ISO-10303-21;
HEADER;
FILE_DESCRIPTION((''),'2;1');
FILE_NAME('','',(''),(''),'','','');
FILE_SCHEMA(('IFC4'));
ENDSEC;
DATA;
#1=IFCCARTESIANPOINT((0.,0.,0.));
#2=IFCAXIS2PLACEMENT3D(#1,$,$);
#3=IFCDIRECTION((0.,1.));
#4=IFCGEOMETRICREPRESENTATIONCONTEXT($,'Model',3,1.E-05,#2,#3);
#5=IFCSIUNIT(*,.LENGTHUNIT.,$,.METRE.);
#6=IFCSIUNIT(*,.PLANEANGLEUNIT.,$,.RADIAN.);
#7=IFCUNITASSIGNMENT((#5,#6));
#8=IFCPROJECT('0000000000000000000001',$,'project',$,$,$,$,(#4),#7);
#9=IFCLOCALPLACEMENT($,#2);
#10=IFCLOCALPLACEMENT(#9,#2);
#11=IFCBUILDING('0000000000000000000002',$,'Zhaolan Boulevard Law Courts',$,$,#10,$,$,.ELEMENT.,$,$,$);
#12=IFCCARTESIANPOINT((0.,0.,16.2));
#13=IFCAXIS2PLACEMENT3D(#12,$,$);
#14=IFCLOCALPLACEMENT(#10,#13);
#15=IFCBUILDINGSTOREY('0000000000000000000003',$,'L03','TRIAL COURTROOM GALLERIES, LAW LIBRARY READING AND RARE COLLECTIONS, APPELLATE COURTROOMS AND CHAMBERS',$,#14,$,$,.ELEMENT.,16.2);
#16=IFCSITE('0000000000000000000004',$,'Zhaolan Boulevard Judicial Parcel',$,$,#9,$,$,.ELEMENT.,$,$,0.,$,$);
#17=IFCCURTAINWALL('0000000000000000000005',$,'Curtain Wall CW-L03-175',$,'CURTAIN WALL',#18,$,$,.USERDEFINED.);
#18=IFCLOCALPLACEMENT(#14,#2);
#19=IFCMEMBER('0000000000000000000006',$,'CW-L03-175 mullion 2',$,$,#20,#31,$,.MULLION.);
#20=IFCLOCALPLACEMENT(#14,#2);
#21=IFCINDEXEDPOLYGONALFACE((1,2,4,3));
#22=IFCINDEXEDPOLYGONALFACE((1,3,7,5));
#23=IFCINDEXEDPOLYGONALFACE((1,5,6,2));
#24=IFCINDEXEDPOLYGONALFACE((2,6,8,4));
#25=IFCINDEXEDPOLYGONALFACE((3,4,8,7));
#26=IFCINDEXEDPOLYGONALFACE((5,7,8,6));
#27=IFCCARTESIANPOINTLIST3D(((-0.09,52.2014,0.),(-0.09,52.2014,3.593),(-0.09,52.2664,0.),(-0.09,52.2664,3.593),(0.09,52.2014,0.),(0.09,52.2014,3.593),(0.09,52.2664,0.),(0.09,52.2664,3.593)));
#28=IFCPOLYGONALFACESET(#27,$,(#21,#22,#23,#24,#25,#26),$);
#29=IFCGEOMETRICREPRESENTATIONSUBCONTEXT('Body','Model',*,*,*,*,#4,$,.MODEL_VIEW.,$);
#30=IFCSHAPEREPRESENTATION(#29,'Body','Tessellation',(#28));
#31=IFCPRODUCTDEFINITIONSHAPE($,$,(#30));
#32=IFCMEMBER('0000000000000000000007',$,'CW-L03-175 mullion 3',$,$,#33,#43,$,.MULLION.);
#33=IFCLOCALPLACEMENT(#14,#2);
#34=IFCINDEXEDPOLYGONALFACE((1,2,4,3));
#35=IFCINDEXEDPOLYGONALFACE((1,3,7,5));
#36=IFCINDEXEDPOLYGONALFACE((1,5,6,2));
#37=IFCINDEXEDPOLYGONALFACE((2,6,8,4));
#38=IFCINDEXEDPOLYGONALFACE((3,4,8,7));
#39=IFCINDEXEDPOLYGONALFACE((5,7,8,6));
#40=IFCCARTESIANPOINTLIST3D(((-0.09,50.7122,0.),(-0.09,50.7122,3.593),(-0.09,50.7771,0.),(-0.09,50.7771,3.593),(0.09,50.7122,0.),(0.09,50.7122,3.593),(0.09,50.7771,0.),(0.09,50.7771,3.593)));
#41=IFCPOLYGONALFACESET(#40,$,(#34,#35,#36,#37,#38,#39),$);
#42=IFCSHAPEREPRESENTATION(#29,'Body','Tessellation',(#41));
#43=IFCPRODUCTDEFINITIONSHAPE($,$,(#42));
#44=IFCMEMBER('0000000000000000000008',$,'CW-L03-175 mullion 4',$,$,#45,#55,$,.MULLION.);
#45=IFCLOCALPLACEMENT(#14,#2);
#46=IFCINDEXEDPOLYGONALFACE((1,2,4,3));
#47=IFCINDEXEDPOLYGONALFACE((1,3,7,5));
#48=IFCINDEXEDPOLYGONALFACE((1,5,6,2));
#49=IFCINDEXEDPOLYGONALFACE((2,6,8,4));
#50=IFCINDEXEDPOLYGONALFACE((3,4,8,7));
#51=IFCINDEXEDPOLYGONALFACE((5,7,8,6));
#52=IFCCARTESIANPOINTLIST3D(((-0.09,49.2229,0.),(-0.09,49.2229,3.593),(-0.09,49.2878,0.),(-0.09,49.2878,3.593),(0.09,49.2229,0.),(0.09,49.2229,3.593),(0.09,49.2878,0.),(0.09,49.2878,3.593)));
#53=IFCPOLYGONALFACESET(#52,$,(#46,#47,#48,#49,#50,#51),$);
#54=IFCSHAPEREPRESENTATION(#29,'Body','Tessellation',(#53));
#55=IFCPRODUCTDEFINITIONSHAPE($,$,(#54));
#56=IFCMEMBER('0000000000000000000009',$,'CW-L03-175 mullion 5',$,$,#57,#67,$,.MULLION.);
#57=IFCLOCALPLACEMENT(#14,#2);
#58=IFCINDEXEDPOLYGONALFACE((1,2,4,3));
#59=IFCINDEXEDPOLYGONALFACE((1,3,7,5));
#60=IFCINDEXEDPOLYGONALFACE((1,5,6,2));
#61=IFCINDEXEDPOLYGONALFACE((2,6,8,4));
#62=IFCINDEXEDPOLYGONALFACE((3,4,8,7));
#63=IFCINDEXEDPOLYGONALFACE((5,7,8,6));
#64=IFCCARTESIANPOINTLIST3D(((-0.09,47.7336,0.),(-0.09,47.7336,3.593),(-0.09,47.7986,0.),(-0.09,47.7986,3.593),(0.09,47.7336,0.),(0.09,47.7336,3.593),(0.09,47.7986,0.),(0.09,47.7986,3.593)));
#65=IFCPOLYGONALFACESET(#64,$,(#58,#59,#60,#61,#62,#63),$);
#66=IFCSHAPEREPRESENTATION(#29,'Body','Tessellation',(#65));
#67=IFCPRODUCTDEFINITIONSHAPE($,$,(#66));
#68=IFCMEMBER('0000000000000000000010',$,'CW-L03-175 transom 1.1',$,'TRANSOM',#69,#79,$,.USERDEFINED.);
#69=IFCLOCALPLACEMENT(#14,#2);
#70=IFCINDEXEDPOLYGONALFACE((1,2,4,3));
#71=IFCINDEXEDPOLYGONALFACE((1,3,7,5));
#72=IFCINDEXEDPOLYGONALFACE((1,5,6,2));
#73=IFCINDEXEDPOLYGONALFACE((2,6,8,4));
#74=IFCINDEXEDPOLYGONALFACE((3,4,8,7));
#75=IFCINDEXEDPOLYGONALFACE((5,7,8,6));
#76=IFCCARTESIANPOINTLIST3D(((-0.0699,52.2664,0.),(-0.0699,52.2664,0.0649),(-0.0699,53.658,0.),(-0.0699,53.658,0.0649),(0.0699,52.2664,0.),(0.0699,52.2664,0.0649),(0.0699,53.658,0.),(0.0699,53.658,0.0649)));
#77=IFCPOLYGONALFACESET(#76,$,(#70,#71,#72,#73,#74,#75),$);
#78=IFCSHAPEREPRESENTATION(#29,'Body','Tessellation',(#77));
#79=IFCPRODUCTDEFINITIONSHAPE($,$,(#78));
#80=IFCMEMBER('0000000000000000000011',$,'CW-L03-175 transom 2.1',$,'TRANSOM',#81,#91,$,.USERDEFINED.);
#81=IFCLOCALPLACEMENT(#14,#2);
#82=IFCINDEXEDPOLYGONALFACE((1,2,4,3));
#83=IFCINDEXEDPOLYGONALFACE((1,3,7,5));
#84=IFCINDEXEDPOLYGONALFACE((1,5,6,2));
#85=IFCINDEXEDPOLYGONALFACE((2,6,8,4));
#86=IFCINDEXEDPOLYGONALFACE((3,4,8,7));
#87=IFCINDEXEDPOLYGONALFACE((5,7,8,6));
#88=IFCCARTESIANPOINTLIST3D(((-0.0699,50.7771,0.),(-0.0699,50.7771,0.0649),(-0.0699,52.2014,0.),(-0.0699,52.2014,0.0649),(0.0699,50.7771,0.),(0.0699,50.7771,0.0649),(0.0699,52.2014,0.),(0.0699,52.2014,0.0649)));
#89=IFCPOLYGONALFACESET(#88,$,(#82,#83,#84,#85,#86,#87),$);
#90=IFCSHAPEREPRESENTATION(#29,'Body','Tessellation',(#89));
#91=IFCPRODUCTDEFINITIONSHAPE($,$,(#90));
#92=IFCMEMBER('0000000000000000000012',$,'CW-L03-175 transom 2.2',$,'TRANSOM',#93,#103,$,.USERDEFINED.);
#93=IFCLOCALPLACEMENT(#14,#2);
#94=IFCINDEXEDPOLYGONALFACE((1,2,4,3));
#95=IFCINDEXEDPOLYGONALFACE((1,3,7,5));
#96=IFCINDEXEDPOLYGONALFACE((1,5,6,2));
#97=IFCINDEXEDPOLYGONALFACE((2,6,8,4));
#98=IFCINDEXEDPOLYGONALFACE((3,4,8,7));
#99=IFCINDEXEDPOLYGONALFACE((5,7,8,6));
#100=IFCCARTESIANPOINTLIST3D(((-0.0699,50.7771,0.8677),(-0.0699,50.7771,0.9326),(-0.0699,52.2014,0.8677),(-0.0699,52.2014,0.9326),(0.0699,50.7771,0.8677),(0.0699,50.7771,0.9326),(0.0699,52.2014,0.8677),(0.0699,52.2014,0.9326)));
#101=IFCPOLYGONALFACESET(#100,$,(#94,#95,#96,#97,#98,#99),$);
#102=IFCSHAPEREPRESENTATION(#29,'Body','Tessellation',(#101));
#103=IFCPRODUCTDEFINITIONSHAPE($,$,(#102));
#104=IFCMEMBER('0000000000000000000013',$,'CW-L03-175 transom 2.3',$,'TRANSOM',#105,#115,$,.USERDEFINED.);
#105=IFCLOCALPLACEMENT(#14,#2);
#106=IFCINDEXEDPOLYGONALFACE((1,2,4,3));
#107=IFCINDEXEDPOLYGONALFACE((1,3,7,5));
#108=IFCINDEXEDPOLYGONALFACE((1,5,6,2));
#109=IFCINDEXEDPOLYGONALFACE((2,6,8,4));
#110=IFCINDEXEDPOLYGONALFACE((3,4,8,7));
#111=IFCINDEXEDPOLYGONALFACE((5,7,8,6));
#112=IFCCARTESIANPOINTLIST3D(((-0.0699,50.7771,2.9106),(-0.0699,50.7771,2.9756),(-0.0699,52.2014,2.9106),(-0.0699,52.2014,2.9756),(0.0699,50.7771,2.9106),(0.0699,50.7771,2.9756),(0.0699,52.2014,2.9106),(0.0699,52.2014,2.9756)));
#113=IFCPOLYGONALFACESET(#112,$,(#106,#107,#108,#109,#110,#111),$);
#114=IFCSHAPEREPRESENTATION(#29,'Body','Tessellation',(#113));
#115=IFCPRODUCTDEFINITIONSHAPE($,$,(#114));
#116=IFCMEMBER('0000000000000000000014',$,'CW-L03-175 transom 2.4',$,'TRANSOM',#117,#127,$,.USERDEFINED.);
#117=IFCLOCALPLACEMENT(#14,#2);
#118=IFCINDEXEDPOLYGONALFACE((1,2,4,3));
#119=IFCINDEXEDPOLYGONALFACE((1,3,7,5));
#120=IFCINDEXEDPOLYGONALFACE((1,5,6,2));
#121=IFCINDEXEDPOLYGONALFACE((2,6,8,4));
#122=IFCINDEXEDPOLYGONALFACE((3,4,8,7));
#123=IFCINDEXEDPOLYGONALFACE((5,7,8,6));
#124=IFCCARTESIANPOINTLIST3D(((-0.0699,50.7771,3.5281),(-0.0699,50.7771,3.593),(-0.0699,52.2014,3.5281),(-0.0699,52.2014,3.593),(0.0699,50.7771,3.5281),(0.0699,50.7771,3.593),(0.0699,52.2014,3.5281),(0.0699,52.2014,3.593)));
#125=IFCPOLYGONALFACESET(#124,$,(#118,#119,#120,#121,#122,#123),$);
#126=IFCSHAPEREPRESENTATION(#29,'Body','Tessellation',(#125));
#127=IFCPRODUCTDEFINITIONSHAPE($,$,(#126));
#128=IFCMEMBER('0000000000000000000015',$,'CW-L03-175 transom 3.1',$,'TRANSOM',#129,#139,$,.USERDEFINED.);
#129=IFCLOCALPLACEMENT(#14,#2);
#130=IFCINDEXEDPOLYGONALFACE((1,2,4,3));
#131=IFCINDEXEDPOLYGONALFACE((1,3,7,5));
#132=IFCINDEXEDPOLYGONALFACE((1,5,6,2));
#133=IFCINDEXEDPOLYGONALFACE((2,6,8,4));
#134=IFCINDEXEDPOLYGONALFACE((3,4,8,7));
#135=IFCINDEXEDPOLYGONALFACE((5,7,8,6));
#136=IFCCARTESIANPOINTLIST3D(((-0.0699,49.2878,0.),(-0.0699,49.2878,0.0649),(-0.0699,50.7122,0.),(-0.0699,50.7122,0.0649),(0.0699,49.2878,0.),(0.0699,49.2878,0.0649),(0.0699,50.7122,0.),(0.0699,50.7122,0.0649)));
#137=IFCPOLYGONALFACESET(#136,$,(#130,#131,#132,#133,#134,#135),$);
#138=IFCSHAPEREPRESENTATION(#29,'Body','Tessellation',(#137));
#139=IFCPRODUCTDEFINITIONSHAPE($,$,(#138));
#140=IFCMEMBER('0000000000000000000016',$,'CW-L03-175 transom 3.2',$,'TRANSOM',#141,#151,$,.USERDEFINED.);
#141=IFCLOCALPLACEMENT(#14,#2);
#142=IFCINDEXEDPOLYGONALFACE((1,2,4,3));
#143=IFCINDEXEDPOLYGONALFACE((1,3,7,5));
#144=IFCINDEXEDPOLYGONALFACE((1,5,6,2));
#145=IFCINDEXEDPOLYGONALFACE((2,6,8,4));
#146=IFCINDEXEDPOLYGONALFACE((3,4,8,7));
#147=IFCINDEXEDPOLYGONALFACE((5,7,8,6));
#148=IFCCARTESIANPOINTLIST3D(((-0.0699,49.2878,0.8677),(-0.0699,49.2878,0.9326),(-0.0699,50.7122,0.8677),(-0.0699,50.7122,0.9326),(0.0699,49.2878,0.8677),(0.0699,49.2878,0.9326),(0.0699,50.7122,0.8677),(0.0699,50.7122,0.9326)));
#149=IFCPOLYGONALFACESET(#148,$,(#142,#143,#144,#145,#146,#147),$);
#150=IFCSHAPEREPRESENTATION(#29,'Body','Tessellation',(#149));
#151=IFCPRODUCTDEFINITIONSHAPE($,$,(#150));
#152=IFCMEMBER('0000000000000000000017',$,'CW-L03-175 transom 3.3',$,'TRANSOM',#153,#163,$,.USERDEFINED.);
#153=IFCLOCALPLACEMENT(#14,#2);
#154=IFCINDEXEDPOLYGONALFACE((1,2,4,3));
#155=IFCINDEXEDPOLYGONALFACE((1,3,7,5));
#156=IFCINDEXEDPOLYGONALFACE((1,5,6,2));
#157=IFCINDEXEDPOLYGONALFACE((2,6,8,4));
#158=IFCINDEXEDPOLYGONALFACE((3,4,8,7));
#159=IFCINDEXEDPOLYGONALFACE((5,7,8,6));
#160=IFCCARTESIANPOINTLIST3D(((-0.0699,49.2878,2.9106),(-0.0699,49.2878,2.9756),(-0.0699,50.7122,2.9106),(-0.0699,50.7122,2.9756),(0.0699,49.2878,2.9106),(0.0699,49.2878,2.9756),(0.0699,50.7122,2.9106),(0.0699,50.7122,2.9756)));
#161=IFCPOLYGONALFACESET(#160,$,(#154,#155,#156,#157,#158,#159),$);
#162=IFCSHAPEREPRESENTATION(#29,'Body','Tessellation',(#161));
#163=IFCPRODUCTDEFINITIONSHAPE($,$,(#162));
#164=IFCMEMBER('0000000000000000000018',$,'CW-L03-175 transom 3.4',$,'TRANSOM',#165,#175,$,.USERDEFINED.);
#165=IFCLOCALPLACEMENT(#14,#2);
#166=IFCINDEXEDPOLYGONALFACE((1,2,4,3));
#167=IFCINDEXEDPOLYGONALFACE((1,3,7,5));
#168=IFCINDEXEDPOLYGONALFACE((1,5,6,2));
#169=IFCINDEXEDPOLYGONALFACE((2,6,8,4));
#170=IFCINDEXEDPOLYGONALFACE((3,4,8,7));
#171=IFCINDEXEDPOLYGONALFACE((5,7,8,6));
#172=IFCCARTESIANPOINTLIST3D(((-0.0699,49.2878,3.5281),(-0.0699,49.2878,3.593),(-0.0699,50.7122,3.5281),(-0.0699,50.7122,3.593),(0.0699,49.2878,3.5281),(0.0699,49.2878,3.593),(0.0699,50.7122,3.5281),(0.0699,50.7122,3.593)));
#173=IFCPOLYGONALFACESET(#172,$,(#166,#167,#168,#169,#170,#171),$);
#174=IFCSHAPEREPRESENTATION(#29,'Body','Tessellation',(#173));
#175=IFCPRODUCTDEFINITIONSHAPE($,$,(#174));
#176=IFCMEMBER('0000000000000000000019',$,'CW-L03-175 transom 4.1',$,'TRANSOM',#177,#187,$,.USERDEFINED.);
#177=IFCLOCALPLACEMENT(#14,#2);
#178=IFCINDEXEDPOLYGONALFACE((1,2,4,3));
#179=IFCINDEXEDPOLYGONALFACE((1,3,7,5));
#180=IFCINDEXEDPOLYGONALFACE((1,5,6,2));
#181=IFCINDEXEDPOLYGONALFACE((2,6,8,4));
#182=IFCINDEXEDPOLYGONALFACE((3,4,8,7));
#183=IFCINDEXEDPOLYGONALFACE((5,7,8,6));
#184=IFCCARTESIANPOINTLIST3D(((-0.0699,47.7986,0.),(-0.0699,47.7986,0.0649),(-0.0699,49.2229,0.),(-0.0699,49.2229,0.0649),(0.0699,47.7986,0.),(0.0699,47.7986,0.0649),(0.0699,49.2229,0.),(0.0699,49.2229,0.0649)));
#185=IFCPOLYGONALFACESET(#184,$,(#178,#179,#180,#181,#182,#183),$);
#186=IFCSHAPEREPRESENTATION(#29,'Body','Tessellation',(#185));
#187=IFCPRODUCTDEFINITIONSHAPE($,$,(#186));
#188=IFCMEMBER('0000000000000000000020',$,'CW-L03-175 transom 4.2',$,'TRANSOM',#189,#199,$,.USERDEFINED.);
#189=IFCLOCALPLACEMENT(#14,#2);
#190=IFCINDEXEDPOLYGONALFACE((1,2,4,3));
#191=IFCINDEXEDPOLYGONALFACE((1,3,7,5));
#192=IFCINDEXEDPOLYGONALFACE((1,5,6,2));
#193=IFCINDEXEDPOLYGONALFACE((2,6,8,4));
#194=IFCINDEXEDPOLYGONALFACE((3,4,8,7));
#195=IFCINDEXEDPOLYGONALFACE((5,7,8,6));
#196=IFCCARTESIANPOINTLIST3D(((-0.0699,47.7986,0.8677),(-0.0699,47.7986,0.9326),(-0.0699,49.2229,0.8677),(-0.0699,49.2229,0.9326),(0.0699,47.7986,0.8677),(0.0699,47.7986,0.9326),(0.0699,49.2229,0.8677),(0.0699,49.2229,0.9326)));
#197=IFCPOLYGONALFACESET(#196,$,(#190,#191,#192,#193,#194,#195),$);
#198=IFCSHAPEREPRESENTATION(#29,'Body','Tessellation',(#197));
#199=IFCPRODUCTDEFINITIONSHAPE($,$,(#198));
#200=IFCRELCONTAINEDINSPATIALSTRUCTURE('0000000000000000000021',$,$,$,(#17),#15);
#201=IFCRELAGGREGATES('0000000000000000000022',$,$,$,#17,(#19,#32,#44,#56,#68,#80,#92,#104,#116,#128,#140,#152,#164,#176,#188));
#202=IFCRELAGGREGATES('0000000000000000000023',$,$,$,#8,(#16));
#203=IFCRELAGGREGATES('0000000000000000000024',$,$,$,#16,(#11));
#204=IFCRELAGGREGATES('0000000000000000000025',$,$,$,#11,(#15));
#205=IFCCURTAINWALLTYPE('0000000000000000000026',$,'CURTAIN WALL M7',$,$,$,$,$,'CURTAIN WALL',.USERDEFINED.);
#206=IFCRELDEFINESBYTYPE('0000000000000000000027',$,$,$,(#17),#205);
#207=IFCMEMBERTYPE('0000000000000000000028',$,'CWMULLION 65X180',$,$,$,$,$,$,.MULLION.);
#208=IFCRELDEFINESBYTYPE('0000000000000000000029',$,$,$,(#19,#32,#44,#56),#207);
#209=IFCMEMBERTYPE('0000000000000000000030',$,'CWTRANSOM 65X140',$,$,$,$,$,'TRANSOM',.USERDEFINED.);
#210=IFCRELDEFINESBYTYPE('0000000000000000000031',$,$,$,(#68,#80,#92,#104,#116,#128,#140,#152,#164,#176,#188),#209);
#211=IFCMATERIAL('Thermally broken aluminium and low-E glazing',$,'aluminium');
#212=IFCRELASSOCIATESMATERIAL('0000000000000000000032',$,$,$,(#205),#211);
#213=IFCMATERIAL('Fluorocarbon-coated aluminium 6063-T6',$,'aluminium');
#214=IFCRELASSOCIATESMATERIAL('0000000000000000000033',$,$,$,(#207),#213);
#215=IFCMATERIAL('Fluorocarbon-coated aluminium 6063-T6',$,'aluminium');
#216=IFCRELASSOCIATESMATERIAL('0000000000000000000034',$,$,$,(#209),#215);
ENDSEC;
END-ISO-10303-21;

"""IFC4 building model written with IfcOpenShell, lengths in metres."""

from ifc_helpers import new_model, si_unit, direction, frame, origin, origin_2d, place, context, subcontext, project, spatial, rectangle, extrude, material, material_profile, profile_set, type_object, element, aggregate, save


model = new_model("IFC4")

# Units and contexts
model_context = context("Model", 3, precision=1e-05, world=origin(), true_north=direction((0.0, 1.0)))
body_context = subcontext(model_context, "Body", "Model", "MODEL_VIEW")
ifc_project = project(units=[si_unit("LENGTHUNIT", "METRE"), si_unit("PLANEANGLEUNIT", "RADIAN")], contexts=[model_context])

# Site, building, storey
site_placement = place(None, origin())
site = spatial("IfcSite", under=ifc_project, at=site_placement, Name="Zhaolan Boulevard Judicial Parcel", CompositionType="ELEMENT", RefElevation=0.0)
building_placement = place(site_placement, origin())
building = spatial("IfcBuilding", under=site, at=building_placement, Name="Zhaolan Boulevard Law Courts", CompositionType="ELEMENT")
storey_placement = place(building_placement, frame((0.0, 0.0, 16.2)))
storey = spatial("IfcBuildingStorey", under=building, at=storey_placement, Name="L03", Description="TRIAL COURTROOM GALLERIES, LAW LIBRARY READING AND RARE COLLECTIONS, APPELLATE COURTROOMS AND CHAMBERS", CompositionType="ELEMENT", Elevation=16.2)

# Curtain wall, members
ifc_material_1 = material(Name="Thermally broken aluminium and low-E glazing", Category="aluminium")
curtain_wall_type = type_object("IfcCurtainWallType", Name="CURTAIN WALL M7", ElementType="CURTAIN WALL", PredefinedType="USERDEFINED", material=ifc_material_1)
curtain_wall_placement = place(storey_placement, origin())
curtain_wall = element("IfcCurtainWall", 1, at=curtain_wall_placement, inside=storey, type_object=curtain_wall_type, Name="Curtain Wall CW-L03-175", ObjectType="CURTAIN WALL", PredefinedType="USERDEFINED")
ifc_material_2 = material(Name="Fluorocarbon-coated aluminium 6063-T6", Category="aluminium")
ifc_material_profile_1 = material_profile(ifc_material_2, rectangle(XDim=0.1799, YDim=0.0649, at=origin_2d()), Name="AL65x180")
ifc_profile_set_1 = profile_set([ifc_material_profile_1], Name="Fluorocarbon-coated aluminium 6063-T6")
member_type_1 = type_object("IfcMemberType", Name="CWMULLION 65X180", PredefinedType="MULLION", material=ifc_profile_set_1)
member_1_placement = place(storey_placement, frame((0.0, 52.2339, 0.0), z_axis=(0.0, 0.0, 1.0), x_axis=(1.0, 0.0, 0.0)))
member_1 = element("IfcMember", 2, at=member_1_placement, type_object=member_type_1, Name="CW-L03-175 mullion 2", PredefinedType="MULLION", context=body_context, shape_type="SweptSolid", body=[
    extrude(rectangle(XDim=0.1799, YDim=0.0649, at=origin_2d()), origin(), (0.0, 0.0, 1.0), 3.593),
])
member_2_placement = place(storey_placement, frame((0.0, 50.7446, 0.0), z_axis=(0.0, 0.0, 1.0), x_axis=(1.0, 0.0, 0.0)))
member_2 = element("IfcMember", 3, at=member_2_placement, type_object=member_type_1, Name="CW-L03-175 mullion 3", PredefinedType="MULLION", context=body_context, shape_type="SweptSolid", body=[
    extrude(rectangle(XDim=0.1799, YDim=0.0649, at=origin_2d()), origin(), (0.0, 0.0, 1.0), 3.593),
])
member_3_placement = place(storey_placement, frame((0.0, 49.2554, 0.0), z_axis=(0.0, 0.0, 1.0), x_axis=(1.0, 0.0, 0.0)))
member_3 = element("IfcMember", 4, at=member_3_placement, type_object=member_type_1, Name="CW-L03-175 mullion 4", PredefinedType="MULLION", context=body_context, shape_type="SweptSolid", body=[
    extrude(rectangle(XDim=0.1799, YDim=0.0649, at=origin_2d()), origin(), (0.0, 0.0, 1.0), 3.593),
])
member_4_placement = place(storey_placement, frame((0.0, 47.7661, 0.0), z_axis=(0.0, 0.0, 1.0), x_axis=(1.0, 0.0, 0.0)))
member_4 = element("IfcMember", 5, at=member_4_placement, type_object=member_type_1, Name="CW-L03-175 mullion 5", PredefinedType="MULLION", context=body_context, shape_type="SweptSolid", body=[
    extrude(rectangle(XDim=0.1799, YDim=0.0649, at=origin_2d()), origin(), (0.0, 0.0, 1.0), 3.593),
])
ifc_material_3 = material(Name="Fluorocarbon-coated aluminium 6063-T6", Category="aluminium")
ifc_material_profile_2 = material_profile(ifc_material_3, rectangle(XDim=0.1399, YDim=0.0649, at=origin_2d()), Name="AL65x140")
ifc_profile_set_2 = profile_set([ifc_material_profile_2], Name="Fluorocarbon-coated aluminium 6063-T6")
member_type_2 = type_object("IfcMemberType", Name="CWTRANSOM 65X140", ElementType="TRANSOM", PredefinedType="USERDEFINED", material=ifc_profile_set_2)
member_5_placement = place(storey_placement, frame((0.0, 53.658, 0.0325), z_axis=(0.0, -1.0, 0.0), x_axis=(1.0, 0.0, 0.0)))
member_5 = element("IfcMember", 6, at=member_5_placement, type_object=member_type_2, Name="CW-L03-175 transom 1.1", ObjectType="TRANSOM", PredefinedType="USERDEFINED", context=body_context, shape_type="SweptSolid", body=[
    extrude(rectangle(XDim=0.1399, YDim=0.0649, at=origin_2d()), origin(), (0.0, 0.0, 1.0), 1.3916),
])
member_6_placement = place(storey_placement, frame((0.0, 52.2014, 0.0325), z_axis=(0.0, -1.0, 0.0), x_axis=(1.0, 0.0, 0.0)))
member_6 = element("IfcMember", 7, at=member_6_placement, type_object=member_type_2, Name="CW-L03-175 transom 2.1", ObjectType="TRANSOM", PredefinedType="USERDEFINED", context=body_context, shape_type="SweptSolid", body=[
    extrude(rectangle(XDim=0.1399, YDim=0.0649, at=origin_2d()), origin(), (0.0, 0.0, 1.0), 1.4243),
])
member_7_placement = place(storey_placement, frame((0.0, 52.2014, 0.9001), z_axis=(0.0, -1.0, 0.0), x_axis=(1.0, 0.0, 0.0)))
member_7 = element("IfcMember", 8, at=member_7_placement, type_object=member_type_2, Name="CW-L03-175 transom 2.2", ObjectType="TRANSOM", PredefinedType="USERDEFINED", context=body_context, shape_type="SweptSolid", body=[
    extrude(rectangle(XDim=0.1399, YDim=0.0649, at=origin_2d()), origin(), (0.0, 0.0, 1.0), 1.4243),
])
member_8_placement = place(storey_placement, frame((0.0, 52.2014, 2.9431), z_axis=(0.0, -1.0, 0.0), x_axis=(1.0, 0.0, 0.0)))
member_8 = element("IfcMember", 9, at=member_8_placement, type_object=member_type_2, Name="CW-L03-175 transom 2.3", ObjectType="TRANSOM", PredefinedType="USERDEFINED", context=body_context, shape_type="SweptSolid", body=[
    extrude(rectangle(XDim=0.1399, YDim=0.0649, at=origin_2d()), origin(), (0.0, 0.0, 1.0), 1.4243),
])
member_9_placement = place(storey_placement, frame((0.0, 52.2014, 3.5605), z_axis=(0.0, -1.0, 0.0), x_axis=(1.0, 0.0, 0.0)))
member_9 = element("IfcMember", 10, at=member_9_placement, type_object=member_type_2, Name="CW-L03-175 transom 2.4", ObjectType="TRANSOM", PredefinedType="USERDEFINED", context=body_context, shape_type="SweptSolid", body=[
    extrude(rectangle(XDim=0.1399, YDim=0.0649, at=origin_2d()), origin(), (0.0, 0.0, 1.0), 1.4243),
])
member_10_placement = place(storey_placement, frame((0.0, 50.7122, 0.0325), z_axis=(0.0, -1.0, 0.0), x_axis=(1.0, 0.0, 0.0)))
member_10 = element("IfcMember", 11, at=member_10_placement, type_object=member_type_2, Name="CW-L03-175 transom 3.1", ObjectType="TRANSOM", PredefinedType="USERDEFINED", context=body_context, shape_type="SweptSolid", body=[
    extrude(rectangle(XDim=0.1399, YDim=0.0649, at=origin_2d()), origin(), (0.0, 0.0, 1.0), 1.4243),
])
member_11_placement = place(storey_placement, frame((0.0, 50.7122, 0.9001), z_axis=(0.0, -1.0, 0.0), x_axis=(1.0, 0.0, 0.0)))
member_11 = element("IfcMember", 12, at=member_11_placement, type_object=member_type_2, Name="CW-L03-175 transom 3.2", ObjectType="TRANSOM", PredefinedType="USERDEFINED", context=body_context, shape_type="SweptSolid", body=[
    extrude(rectangle(XDim=0.1399, YDim=0.0649, at=origin_2d()), origin(), (0.0, 0.0, 1.0), 1.4243),
])
member_12_placement = place(storey_placement, frame((0.0, 50.7122, 2.9431), z_axis=(0.0, -1.0, 0.0), x_axis=(1.0, 0.0, 0.0)))
member_12 = element("IfcMember", 13, at=member_12_placement, type_object=member_type_2, Name="CW-L03-175 transom 3.3", ObjectType="TRANSOM", PredefinedType="USERDEFINED", context=body_context, shape_type="SweptSolid", body=[
    extrude(rectangle(XDim=0.1399, YDim=0.0649, at=origin_2d()), origin(), (0.0, 0.0, 1.0), 1.4243),
])
member_13_placement = place(storey_placement, frame((0.0, 50.7122, 3.5605), z_axis=(0.0, -1.0, 0.0), x_axis=(1.0, 0.0, 0.0)))
member_13 = element("IfcMember", 14, at=member_13_placement, type_object=member_type_2, Name="CW-L03-175 transom 3.4", ObjectType="TRANSOM", PredefinedType="USERDEFINED", context=body_context, shape_type="SweptSolid", body=[
    extrude(rectangle(XDim=0.1399, YDim=0.0649, at=origin_2d()), origin(), (0.0, 0.0, 1.0), 1.4243),
])
member_14_placement = place(storey_placement, frame((0.0, 49.2229, 0.0325), z_axis=(0.0, -1.0, 0.0), x_axis=(1.0, 0.0, 0.0)))
member_14 = element("IfcMember", 15, at=member_14_placement, type_object=member_type_2, Name="CW-L03-175 transom 4.1", ObjectType="TRANSOM", PredefinedType="USERDEFINED", context=body_context, shape_type="SweptSolid", body=[
    extrude(rectangle(XDim=0.1399, YDim=0.0649, at=origin_2d()), origin(), (0.0, 0.0, 1.0), 1.4243),
])
member_15_placement = place(storey_placement, frame((0.0, 49.2229, 0.9001), z_axis=(0.0, -1.0, 0.0), x_axis=(1.0, 0.0, 0.0)))
member_15 = element("IfcMember", 16, at=member_15_placement, type_object=member_type_2, Name="CW-L03-175 transom 4.2", ObjectType="TRANSOM", PredefinedType="USERDEFINED", context=body_context, shape_type="SweptSolid", body=[
    extrude(rectangle(XDim=0.1399, YDim=0.0649, at=origin_2d()), origin(), (0.0, 0.0, 1.0), 1.4243),
])
aggregate(curtain_wall, [member_1, member_2, member_3, member_4, member_5, member_6, member_7, member_8, member_9, member_10, member_11, member_12, member_13, member_14, member_15])

save(model, "model.ifc")
